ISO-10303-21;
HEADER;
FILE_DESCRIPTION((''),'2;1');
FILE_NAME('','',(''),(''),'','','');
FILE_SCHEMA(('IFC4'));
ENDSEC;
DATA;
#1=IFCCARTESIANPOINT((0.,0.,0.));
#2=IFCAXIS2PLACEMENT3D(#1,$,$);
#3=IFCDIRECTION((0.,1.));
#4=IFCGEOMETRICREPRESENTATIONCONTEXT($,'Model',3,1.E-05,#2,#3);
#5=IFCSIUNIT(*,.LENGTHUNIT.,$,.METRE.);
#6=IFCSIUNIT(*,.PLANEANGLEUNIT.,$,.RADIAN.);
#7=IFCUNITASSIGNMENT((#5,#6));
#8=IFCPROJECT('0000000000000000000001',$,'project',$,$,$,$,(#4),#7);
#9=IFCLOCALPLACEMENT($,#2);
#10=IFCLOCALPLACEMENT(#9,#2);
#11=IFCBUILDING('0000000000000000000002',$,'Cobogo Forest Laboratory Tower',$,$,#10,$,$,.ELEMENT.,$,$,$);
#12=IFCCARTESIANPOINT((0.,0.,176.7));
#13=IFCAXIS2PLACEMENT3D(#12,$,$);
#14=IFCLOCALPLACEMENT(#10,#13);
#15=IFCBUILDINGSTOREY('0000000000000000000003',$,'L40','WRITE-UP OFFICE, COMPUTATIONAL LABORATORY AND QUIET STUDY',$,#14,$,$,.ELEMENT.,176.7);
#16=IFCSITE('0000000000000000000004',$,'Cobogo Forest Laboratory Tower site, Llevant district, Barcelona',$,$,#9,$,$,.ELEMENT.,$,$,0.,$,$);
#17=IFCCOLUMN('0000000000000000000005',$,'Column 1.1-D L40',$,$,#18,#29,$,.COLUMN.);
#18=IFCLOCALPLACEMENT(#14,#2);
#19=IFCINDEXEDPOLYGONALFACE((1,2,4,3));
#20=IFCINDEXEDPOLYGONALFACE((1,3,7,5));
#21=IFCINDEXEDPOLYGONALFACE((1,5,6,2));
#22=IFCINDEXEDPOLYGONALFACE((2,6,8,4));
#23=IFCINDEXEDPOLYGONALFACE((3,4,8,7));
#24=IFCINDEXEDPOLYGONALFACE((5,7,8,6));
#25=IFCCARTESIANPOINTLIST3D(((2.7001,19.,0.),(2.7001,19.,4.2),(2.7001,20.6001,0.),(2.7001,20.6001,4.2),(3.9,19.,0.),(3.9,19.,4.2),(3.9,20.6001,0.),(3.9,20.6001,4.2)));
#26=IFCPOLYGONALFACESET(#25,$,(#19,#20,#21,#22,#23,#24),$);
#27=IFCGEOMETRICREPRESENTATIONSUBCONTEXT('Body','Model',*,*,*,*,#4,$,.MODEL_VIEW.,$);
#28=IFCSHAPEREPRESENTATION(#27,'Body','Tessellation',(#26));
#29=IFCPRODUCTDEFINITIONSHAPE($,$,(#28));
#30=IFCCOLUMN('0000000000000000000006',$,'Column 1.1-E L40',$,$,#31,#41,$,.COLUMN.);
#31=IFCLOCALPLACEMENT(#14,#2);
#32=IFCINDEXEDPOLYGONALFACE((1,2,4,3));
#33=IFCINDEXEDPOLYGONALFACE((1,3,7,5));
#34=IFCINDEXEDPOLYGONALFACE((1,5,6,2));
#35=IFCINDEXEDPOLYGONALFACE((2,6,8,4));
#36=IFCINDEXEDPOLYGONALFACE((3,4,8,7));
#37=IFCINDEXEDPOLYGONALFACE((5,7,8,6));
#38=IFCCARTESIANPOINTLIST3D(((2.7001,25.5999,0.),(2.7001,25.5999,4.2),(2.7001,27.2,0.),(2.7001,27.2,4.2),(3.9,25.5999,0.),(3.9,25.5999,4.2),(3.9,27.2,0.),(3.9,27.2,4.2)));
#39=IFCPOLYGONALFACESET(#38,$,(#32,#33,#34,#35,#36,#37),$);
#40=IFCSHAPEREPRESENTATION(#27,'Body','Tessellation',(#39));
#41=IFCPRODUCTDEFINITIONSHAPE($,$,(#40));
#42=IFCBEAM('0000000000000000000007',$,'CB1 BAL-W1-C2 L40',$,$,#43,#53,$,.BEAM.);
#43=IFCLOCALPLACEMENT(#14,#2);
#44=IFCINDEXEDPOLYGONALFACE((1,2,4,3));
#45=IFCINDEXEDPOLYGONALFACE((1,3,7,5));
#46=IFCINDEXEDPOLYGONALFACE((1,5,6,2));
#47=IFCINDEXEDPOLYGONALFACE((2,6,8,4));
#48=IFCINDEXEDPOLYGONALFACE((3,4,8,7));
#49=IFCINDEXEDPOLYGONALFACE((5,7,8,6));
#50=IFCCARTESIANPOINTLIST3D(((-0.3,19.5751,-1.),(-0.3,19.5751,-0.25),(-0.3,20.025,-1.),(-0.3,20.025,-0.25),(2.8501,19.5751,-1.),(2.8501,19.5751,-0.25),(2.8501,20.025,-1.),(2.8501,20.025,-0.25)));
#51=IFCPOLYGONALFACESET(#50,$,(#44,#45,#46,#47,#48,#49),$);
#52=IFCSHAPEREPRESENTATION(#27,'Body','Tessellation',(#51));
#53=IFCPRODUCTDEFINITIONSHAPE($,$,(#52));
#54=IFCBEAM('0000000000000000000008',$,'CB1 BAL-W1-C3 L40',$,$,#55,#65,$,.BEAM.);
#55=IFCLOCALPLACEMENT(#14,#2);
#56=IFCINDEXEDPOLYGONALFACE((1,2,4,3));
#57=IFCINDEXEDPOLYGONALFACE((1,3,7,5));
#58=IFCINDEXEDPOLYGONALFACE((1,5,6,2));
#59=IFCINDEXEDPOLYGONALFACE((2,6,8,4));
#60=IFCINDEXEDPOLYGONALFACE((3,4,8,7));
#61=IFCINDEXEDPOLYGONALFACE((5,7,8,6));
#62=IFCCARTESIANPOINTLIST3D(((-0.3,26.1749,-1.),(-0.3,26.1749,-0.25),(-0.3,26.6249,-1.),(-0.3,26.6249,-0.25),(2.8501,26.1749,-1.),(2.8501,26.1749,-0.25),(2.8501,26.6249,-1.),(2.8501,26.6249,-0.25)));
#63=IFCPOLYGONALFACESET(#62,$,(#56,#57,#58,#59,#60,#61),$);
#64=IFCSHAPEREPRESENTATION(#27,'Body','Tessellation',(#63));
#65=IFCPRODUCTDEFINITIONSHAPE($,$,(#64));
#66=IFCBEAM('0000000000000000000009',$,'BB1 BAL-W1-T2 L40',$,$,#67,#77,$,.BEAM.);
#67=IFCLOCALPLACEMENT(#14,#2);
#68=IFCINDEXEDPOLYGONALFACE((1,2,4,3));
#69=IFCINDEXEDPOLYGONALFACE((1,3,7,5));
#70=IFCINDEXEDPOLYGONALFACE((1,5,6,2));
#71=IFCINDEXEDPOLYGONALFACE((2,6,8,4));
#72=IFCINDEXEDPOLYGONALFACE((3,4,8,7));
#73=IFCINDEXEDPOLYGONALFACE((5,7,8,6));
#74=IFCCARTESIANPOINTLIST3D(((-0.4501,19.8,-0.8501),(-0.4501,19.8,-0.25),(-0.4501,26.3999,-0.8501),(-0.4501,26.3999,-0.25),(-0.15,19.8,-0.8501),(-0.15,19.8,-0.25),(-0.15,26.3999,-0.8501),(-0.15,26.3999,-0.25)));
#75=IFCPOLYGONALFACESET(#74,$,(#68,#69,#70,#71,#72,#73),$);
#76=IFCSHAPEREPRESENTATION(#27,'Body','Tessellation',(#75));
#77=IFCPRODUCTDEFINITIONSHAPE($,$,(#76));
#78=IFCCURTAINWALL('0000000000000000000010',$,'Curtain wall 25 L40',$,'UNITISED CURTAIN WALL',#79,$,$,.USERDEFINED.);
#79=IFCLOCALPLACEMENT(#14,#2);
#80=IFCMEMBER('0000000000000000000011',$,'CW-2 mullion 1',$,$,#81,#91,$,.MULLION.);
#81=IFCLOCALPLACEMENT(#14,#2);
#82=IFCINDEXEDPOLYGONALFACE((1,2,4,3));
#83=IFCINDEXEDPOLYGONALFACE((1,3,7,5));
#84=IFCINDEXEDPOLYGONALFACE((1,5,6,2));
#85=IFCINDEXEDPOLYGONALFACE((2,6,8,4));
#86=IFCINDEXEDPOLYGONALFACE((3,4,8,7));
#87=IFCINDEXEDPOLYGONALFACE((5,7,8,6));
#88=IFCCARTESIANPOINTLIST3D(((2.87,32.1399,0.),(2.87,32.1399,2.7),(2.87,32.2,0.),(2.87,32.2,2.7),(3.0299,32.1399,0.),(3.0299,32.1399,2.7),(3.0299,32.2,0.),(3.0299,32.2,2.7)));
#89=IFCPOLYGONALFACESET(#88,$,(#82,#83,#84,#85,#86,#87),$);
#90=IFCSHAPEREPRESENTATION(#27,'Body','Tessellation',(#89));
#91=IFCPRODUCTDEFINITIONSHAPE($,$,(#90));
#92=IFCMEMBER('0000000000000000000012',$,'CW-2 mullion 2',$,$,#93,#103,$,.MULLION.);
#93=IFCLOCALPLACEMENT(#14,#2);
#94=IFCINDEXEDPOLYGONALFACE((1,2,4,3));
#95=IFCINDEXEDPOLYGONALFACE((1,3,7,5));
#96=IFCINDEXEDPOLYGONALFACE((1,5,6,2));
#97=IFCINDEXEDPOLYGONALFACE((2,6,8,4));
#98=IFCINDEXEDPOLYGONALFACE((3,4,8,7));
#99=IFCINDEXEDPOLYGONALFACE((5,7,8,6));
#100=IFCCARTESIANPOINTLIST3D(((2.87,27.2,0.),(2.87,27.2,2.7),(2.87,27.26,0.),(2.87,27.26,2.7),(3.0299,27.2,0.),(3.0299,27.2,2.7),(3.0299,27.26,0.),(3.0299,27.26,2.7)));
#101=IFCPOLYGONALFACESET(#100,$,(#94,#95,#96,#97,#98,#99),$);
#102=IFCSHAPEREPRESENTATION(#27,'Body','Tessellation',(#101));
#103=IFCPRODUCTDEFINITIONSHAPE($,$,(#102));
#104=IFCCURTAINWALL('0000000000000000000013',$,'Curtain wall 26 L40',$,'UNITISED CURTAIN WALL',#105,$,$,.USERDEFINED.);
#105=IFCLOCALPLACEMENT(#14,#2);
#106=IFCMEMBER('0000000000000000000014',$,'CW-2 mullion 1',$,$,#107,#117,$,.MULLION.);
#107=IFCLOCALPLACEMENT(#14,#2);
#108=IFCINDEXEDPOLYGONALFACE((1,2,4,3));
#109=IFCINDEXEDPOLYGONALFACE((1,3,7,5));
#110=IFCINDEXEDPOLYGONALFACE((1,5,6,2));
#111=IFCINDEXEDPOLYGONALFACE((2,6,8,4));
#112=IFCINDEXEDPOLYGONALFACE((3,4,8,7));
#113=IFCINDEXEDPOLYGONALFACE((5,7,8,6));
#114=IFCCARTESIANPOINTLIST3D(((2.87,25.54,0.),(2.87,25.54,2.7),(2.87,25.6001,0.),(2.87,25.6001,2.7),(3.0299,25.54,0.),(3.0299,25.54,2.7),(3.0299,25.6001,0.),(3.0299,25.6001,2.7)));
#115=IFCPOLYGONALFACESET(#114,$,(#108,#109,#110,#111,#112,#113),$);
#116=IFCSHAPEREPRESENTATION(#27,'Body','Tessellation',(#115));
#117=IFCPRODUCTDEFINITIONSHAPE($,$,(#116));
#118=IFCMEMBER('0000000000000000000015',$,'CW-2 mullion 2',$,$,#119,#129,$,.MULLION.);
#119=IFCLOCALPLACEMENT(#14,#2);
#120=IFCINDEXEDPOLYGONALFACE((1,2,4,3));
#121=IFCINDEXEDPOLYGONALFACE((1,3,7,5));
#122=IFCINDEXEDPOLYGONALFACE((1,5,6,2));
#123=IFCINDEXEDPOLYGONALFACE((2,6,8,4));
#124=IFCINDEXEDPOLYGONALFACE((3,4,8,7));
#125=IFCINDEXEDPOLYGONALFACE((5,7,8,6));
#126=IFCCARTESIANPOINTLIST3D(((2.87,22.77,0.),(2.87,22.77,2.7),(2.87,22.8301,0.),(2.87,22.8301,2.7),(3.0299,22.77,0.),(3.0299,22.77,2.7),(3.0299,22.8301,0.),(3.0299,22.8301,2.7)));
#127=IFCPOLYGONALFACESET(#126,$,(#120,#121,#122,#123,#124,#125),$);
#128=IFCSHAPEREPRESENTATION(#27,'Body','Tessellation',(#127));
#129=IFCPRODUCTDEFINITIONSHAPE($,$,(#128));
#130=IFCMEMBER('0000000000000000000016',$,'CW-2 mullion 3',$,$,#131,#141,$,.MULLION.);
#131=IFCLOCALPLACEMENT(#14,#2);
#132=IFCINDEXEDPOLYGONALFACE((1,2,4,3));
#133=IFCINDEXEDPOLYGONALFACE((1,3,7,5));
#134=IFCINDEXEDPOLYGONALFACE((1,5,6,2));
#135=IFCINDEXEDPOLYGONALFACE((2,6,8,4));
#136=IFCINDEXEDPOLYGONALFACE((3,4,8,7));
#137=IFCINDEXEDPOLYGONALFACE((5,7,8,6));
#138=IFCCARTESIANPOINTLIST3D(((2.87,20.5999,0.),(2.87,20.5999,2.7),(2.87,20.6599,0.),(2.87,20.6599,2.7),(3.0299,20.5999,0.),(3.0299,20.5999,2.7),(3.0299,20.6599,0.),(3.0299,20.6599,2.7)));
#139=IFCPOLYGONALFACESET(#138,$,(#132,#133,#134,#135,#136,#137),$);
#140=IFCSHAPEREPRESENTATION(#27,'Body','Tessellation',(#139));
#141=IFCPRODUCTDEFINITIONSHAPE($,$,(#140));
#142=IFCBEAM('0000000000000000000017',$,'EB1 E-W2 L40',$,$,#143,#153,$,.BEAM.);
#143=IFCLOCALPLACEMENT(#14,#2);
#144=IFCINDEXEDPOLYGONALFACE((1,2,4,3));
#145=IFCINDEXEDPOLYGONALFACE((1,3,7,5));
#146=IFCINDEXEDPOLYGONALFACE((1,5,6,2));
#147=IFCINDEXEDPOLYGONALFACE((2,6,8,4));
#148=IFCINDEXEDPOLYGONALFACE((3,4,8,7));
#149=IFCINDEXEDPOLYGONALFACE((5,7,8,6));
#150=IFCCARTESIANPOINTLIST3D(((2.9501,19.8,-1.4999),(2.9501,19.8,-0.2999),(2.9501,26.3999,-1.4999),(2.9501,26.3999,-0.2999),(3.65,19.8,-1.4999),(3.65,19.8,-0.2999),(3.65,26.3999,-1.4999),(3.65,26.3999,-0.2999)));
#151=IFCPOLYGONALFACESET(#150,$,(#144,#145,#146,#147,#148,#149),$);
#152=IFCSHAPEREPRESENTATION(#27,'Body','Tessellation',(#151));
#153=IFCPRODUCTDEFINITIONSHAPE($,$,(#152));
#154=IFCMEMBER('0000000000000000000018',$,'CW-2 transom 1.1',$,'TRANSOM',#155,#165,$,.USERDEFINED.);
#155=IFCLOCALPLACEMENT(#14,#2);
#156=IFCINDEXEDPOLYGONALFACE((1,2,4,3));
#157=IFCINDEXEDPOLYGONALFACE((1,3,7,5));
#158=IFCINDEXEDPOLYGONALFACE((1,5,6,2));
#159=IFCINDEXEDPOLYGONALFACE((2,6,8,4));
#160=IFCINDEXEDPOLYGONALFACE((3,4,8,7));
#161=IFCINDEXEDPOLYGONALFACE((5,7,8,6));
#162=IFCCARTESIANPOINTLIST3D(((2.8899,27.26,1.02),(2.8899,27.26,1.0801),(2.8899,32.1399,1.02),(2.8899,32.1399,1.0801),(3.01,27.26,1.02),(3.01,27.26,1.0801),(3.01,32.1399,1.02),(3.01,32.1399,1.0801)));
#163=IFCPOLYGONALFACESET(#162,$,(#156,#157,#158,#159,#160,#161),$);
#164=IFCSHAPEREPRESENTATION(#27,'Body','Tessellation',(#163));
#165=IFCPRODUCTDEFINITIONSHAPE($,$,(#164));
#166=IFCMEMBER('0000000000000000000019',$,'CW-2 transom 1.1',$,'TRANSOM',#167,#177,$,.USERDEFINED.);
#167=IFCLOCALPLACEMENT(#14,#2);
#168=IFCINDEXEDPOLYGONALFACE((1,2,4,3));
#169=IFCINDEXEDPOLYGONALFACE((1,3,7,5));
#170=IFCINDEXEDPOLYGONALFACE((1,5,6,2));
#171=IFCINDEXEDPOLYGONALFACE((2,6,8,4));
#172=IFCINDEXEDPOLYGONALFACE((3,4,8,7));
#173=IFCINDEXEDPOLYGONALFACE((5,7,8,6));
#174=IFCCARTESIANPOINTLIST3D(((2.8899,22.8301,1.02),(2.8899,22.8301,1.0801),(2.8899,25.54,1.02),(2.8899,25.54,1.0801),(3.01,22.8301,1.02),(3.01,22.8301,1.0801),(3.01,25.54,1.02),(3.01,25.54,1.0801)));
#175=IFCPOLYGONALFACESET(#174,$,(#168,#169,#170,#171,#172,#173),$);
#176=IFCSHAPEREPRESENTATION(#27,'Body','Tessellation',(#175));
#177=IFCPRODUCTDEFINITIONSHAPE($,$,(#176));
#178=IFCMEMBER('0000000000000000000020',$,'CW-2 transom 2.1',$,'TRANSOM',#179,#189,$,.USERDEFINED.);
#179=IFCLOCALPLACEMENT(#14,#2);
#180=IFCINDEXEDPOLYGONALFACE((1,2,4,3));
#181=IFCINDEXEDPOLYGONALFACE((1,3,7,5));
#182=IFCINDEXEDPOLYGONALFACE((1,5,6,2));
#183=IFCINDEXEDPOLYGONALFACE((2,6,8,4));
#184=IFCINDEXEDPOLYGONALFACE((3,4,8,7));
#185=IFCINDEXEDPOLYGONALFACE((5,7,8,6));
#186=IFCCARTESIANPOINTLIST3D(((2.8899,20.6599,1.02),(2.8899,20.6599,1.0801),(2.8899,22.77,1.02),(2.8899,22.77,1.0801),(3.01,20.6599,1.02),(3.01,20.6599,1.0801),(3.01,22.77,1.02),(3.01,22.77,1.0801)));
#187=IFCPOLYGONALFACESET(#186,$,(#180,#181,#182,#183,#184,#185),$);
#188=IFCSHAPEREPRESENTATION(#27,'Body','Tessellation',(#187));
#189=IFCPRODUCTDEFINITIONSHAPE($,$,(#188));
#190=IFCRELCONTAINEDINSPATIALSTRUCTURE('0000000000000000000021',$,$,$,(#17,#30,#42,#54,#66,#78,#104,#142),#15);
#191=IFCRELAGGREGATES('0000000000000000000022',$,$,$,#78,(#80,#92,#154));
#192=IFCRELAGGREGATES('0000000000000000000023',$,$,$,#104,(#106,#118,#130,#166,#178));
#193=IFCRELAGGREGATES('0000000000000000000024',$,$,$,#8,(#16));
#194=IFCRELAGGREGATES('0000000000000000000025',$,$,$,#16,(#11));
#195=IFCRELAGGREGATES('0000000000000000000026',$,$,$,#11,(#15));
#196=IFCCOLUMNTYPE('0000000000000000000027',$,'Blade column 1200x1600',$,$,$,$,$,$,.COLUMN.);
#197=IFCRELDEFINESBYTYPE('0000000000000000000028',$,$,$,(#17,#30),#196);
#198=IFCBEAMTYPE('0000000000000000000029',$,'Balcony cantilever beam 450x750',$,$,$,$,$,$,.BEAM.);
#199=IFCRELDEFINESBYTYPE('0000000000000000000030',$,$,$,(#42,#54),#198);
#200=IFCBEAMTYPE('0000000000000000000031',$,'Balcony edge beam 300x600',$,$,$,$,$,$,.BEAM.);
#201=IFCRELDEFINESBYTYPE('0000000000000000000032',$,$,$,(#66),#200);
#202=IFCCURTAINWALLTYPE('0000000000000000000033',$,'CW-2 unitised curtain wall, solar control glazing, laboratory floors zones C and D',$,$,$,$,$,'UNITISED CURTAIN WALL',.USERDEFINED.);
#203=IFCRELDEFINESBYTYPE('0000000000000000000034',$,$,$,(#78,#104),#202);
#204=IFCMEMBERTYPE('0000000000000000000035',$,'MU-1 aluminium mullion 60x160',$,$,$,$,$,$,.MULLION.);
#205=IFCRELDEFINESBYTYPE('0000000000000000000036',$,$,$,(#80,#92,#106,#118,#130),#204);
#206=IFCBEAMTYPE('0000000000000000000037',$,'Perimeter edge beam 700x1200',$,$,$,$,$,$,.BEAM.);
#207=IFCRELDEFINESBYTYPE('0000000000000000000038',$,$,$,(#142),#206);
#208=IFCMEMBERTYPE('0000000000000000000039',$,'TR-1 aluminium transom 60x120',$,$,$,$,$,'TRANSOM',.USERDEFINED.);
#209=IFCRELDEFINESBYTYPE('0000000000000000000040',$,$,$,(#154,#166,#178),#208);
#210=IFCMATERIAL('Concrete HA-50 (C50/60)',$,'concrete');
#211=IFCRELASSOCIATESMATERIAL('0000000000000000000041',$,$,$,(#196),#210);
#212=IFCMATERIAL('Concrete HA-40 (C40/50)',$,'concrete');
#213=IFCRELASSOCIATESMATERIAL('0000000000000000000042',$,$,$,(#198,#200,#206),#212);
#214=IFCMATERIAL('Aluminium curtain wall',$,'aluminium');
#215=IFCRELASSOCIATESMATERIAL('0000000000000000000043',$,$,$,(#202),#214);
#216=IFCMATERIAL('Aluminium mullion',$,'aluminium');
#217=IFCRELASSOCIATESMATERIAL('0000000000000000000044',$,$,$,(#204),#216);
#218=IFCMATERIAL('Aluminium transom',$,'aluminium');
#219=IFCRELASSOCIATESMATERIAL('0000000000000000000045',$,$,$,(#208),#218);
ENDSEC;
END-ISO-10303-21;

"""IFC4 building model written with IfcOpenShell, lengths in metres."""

from ifc_helpers import new_model, si_unit, direction, frame, origin, origin_2d, place, context, subcontext, project, spatial, rectangle, extrude, material, material_profile, profile_set, type_object, element, aggregate, save


model = new_model("IFC4")

# Units and contexts
model_context = context("Model", 3, precision=1e-05, world=origin(), true_north=direction((0.0, 1.0)))
body_context = subcontext(model_context, "Body", "Model", "MODEL_VIEW")
ifc_project = project(units=[si_unit("LENGTHUNIT", "METRE"), si_unit("PLANEANGLEUNIT", "RADIAN")], contexts=[model_context])

# Site, building, storey
site_placement = place(None, origin())
site = spatial("IfcSite", under=ifc_project, at=site_placement, Name="Cobogo Forest Laboratory Tower site, Llevant district, Barcelona", CompositionType="ELEMENT", RefElevation=0.0)
building_placement = place(site_placement, origin())
building = spatial("IfcBuilding", under=site, at=building_placement, Name="Cobogo Forest Laboratory Tower", CompositionType="ELEMENT")
storey_placement = place(building_placement, frame((0.0, 0.0, 176.7)))
storey = spatial("IfcBuildingStorey", under=building, at=storey_placement, Name="L40", Description="WRITE-UP OFFICE, COMPUTATIONAL LABORATORY AND QUIET STUDY", CompositionType="ELEMENT", Elevation=176.7)

# Columns
ifc_material_1 = material(Name="Concrete HA-50 (C50/60)", Category="concrete")
ifc_material_profile_1 = material_profile(ifc_material_1, rectangle(XDim=1.6001, YDim=1.2, at=origin_2d()), Name="RC 1200x1600")
ifc_profile_set_1 = profile_set([ifc_material_profile_1], Name="Concrete HA-50 (C50/60)")
column_type = type_object("IfcColumnType", Name="Blade column 1200x1600", PredefinedType="COLUMN", material=ifc_profile_set_1)
for number, where, z_axis, x_axis, name in (
    (1, (3.3, 19.8, 0.0), (0.0, 0.0, 1.0), (0.0, 1.0, 0.0), "Column 1.1-D L40"),
    (2, (3.3, 26.3999, 0.0), (0.0, 0.0, 1.0), (0.0, 1.0, 0.0), "Column 1.1-E L40"),
):
    element("IfcColumn", number, at=place(storey_placement, frame(where, z_axis=z_axis, x_axis=x_axis)), inside=storey, type_object=column_type, Name=name, PredefinedType="COLUMN", context=body_context, shape_type="SweptSolid", body=[
        extrude(rectangle(XDim=1.6001, YDim=1.2, at=origin_2d()), origin(), (0.0, 0.0, 1.0), 4.2),
    ])

# Beams
ifc_material_2 = material(Name="Concrete HA-40 (C40/50)", Category="concrete")
ifc_material_profile_2 = material_profile(ifc_material_2, rectangle(XDim=0.45, YDim=0.75, at=origin_2d()), Name="RC 450x750")
ifc_profile_set_2 = profile_set([ifc_material_profile_2], Name="Concrete HA-40 (C40/50)")
beam_type_1 = type_object("IfcBeamType", Name="Balcony cantilever beam 450x750", PredefinedType="BEAM", material=ifc_profile_set_2)
for number, where, z_axis, x_axis, name in (
    (3, (2.8501, 19.8, -0.625), (-1.0, 0.0, 0.0), (0.0, -1.0, 0.0), "CB1 BAL-W1-C2 L40"),
    (4, (2.8501, 26.3999, -0.625), (-1.0, 0.0, 0.0), (0.0, -1.0, 0.0), "CB1 BAL-W1-C3 L40"),
):
    element("IfcBeam", number, at=place(storey_placement, frame(where, z_axis=z_axis, x_axis=x_axis)), inside=storey, type_object=beam_type_1, Name=name, PredefinedType="BEAM", context=body_context, shape_type="SweptSolid", body=[
        extrude(rectangle(XDim=0.45, YDim=0.75, at=origin_2d()), origin(), (0.0, 0.0, 1.0), 3.1501),
    ])
ifc_material_profile_3 = material_profile(ifc_material_2, rectangle(XDim=0.3, YDim=0.6001, at=origin_2d()), Name="RC 300x600")
ifc_profile_set_3 = profile_set([ifc_material_profile_3], Name="Concrete HA-40 (C40/50)")
beam_type_2 = type_object("IfcBeamType", Name="Balcony edge beam 300x600", PredefinedType="BEAM", material=ifc_profile_set_3)
beam_1_placement = place(storey_placement, frame((-0.3, 19.8, -0.55), z_axis=(0.0, 1.0, 0.0), x_axis=(-1.0, 0.0, 0.0)))
element("IfcBeam", 5, at=beam_1_placement, inside=storey, type_object=beam_type_2, Name="BB1 BAL-W1-T2 L40", PredefinedType="BEAM", context=body_context, shape_type="SweptSolid", body=[
    extrude(rectangle(XDim=0.3, YDim=0.6001, at=origin_2d()), origin(), (0.0, 0.0, 1.0), 6.5999),
])

# Curtain walls, members
ifc_material_3 = material(Name="Aluminium curtain wall", Category="aluminium")
curtain_wall_type = type_object("IfcCurtainWallType", Name="CW-2 unitised curtain wall, solar control glazing, laboratory floors zones C and D", ElementType="UNITISED CURTAIN WALL", PredefinedType="USERDEFINED", material=ifc_material_3)
curtain_wall_1_placement = place(storey_placement, origin())
curtain_wall_1 = element("IfcCurtainWall", 6, at=curtain_wall_1_placement, inside=storey, type_object=curtain_wall_type, Name="Curtain wall 25 L40", ObjectType="UNITISED CURTAIN WALL", PredefinedType="USERDEFINED")
ifc_material_4 = material(Name="Aluminium mullion", Category="aluminium")
ifc_material_profile_4 = material_profile(ifc_material_4, rectangle(XDim=0.0601, YDim=0.1599, at=origin_2d()), Name="AL 60x160")
ifc_profile_set_4 = profile_set([ifc_material_profile_4], Name="Aluminium mullion")
member_type_1 = type_object("IfcMemberType", Name="MU-1 aluminium mullion 60x160", PredefinedType="MULLION", material=ifc_profile_set_4)
member_1_placement = place(storey_placement, frame((2.95, 32.1699, 0.0), z_axis=(0.0, 0.0, 1.0), x_axis=(0.0, -1.0, 0.0)))
member_1 = element("IfcMember", 7, at=member_1_placement, type_object=member_type_1, Name="CW-2 mullion 1", PredefinedType="MULLION", context=body_context, shape_type="SweptSolid", body=[
    extrude(rectangle(XDim=0.0601, YDim=0.1599, at=origin_2d()), origin(), (0.0, 0.0, 1.0), 2.7),
])
member_2_placement = place(storey_placement, frame((2.95, 27.23, 0.0), z_axis=(0.0, 0.0, 1.0), x_axis=(0.0, -1.0, 0.0)))
member_2 = element("IfcMember", 8, at=member_2_placement, type_object=member_type_1, Name="CW-2 mullion 2", PredefinedType="MULLION", context=body_context, shape_type="SweptSolid", body=[
    extrude(rectangle(XDim=0.0601, YDim=0.1599, at=origin_2d()), origin(), (0.0, 0.0, 1.0), 2.7),
])
curtain_wall_2_placement = place(storey_placement, origin())
curtain_wall_2 = element("IfcCurtainWall", 9, at=curtain_wall_2_placement, inside=storey, type_object=curtain_wall_type, Name="Curtain wall 26 L40", ObjectType="UNITISED CURTAIN WALL", PredefinedType="USERDEFINED")
member_3_placement = place(storey_placement, frame((2.95, 25.5701, 0.0), z_axis=(0.0, 0.0, 1.0), x_axis=(0.0, -1.0, 0.0)))
member_3 = element("IfcMember", 10, at=member_3_placement, type_object=member_type_1, Name="CW-2 mullion 1", PredefinedType="MULLION", context=body_context, shape_type="SweptSolid", body=[
    extrude(rectangle(XDim=0.0601, YDim=0.1599, at=origin_2d()), origin(), (0.0, 0.0, 1.0), 2.7),
])
member_4_placement = place(storey_placement, frame((2.95, 22.8, 0.0), z_axis=(0.0, 0.0, 1.0), x_axis=(0.0, -1.0, 0.0)))
member_4 = element("IfcMember", 11, at=member_4_placement, type_object=member_type_1, Name="CW-2 mullion 2", PredefinedType="MULLION", context=body_context, shape_type="SweptSolid", body=[
    extrude(rectangle(XDim=0.0601, YDim=0.1599, at=origin_2d()), origin(), (0.0, 0.0, 1.0), 2.7),
])
member_5_placement = place(storey_placement, frame((2.95, 20.6299, 0.0), z_axis=(0.0, 0.0, 1.0), x_axis=(0.0, -1.0, 0.0)))
member_5 = element("IfcMember", 12, at=member_5_placement, type_object=member_type_1, Name="CW-2 mullion 3", PredefinedType="MULLION", context=body_context, shape_type="SweptSolid", body=[
    extrude(rectangle(XDim=0.0601, YDim=0.1599, at=origin_2d()), origin(), (0.0, 0.0, 1.0), 2.7),
])

# Beam
ifc_material_profile_5 = material_profile(ifc_material_2, rectangle(XDim=0.7, YDim=1.2, at=origin_2d()), Name="RC 700x1200")
ifc_profile_set_5 = profile_set([ifc_material_profile_5], Name="Concrete HA-40 (C40/50)")
beam_type_3 = type_object("IfcBeamType", Name="Perimeter edge beam 700x1200", PredefinedType="BEAM", material=ifc_profile_set_5)
beam_2_placement = place(storey_placement, frame((3.3, 19.8, -0.8999), z_axis=(0.0, 1.0, 0.0), x_axis=(-1.0, 0.0, 0.0)))
element("IfcBeam", 13, at=beam_2_placement, inside=storey, type_object=beam_type_3, Name="EB1 E-W2 L40", PredefinedType="BEAM", context=body_context, shape_type="SweptSolid", body=[
    extrude(rectangle(XDim=0.7, YDim=1.2, at=origin_2d()), origin(), (0.0, 0.0, 1.0), 6.5999),
])

# Members
ifc_material_5 = material(Name="Aluminium transom", Category="aluminium")
ifc_material_profile_6 = material_profile(ifc_material_5, rectangle(XDim=0.1201, YDim=0.0601, at=origin_2d()), Name="AL 60x120")
ifc_profile_set_6 = profile_set([ifc_material_profile_6], Name="Aluminium transom")
member_type_2 = type_object("IfcMemberType", Name="TR-1 aluminium transom 60x120", ElementType="TRANSOM", PredefinedType="USERDEFINED", material=ifc_profile_set_6)
member_6_placement = place(storey_placement, frame((2.95, 32.1399, 1.05), z_axis=(0.0, -1.0, 0.0), x_axis=(1.0, 0.0, 0.0)))
member_6 = element("IfcMember", 14, at=member_6_placement, type_object=member_type_2, Name="CW-2 transom 1.1", ObjectType="TRANSOM", PredefinedType="USERDEFINED", context=body_context, shape_type="SweptSolid", body=[
    extrude(rectangle(XDim=0.1201, YDim=0.0601, at=origin_2d()), origin(), (0.0, 0.0, 1.0), 4.8799),
])
member_7_placement = place(storey_placement, frame((2.95, 25.54, 1.05), z_axis=(0.0, -1.0, 0.0), x_axis=(1.0, 0.0, 0.0)))
member_7 = element("IfcMember", 15, at=member_7_placement, type_object=member_type_2, Name="CW-2 transom 1.1", ObjectType="TRANSOM", PredefinedType="USERDEFINED", context=body_context, shape_type="SweptSolid", body=[
    extrude(rectangle(XDim=0.1201, YDim=0.0601, at=origin_2d()), origin(), (0.0, 0.0, 1.0), 2.71),
])
member_8_placement = place(storey_placement, frame((2.95, 22.77, 1.05), z_axis=(0.0, -1.0, 0.0), x_axis=(1.0, 0.0, 0.0)))
member_8 = element("IfcMember", 16, at=member_8_placement, type_object=member_type_2, Name="CW-2 transom 2.1", ObjectType="TRANSOM", PredefinedType="USERDEFINED", context=body_context, shape_type="SweptSolid", body=[
    extrude(rectangle(XDim=0.1201, YDim=0.0601, at=origin_2d()), origin(), (0.0, 0.0, 1.0), 2.1101),
])

aggregate(curtain_wall_1, [member_1, member_2, member_6])
aggregate(curtain_wall_2, [member_3, member_4, member_5, member_7, member_8])

save(model, "model.ifc")
